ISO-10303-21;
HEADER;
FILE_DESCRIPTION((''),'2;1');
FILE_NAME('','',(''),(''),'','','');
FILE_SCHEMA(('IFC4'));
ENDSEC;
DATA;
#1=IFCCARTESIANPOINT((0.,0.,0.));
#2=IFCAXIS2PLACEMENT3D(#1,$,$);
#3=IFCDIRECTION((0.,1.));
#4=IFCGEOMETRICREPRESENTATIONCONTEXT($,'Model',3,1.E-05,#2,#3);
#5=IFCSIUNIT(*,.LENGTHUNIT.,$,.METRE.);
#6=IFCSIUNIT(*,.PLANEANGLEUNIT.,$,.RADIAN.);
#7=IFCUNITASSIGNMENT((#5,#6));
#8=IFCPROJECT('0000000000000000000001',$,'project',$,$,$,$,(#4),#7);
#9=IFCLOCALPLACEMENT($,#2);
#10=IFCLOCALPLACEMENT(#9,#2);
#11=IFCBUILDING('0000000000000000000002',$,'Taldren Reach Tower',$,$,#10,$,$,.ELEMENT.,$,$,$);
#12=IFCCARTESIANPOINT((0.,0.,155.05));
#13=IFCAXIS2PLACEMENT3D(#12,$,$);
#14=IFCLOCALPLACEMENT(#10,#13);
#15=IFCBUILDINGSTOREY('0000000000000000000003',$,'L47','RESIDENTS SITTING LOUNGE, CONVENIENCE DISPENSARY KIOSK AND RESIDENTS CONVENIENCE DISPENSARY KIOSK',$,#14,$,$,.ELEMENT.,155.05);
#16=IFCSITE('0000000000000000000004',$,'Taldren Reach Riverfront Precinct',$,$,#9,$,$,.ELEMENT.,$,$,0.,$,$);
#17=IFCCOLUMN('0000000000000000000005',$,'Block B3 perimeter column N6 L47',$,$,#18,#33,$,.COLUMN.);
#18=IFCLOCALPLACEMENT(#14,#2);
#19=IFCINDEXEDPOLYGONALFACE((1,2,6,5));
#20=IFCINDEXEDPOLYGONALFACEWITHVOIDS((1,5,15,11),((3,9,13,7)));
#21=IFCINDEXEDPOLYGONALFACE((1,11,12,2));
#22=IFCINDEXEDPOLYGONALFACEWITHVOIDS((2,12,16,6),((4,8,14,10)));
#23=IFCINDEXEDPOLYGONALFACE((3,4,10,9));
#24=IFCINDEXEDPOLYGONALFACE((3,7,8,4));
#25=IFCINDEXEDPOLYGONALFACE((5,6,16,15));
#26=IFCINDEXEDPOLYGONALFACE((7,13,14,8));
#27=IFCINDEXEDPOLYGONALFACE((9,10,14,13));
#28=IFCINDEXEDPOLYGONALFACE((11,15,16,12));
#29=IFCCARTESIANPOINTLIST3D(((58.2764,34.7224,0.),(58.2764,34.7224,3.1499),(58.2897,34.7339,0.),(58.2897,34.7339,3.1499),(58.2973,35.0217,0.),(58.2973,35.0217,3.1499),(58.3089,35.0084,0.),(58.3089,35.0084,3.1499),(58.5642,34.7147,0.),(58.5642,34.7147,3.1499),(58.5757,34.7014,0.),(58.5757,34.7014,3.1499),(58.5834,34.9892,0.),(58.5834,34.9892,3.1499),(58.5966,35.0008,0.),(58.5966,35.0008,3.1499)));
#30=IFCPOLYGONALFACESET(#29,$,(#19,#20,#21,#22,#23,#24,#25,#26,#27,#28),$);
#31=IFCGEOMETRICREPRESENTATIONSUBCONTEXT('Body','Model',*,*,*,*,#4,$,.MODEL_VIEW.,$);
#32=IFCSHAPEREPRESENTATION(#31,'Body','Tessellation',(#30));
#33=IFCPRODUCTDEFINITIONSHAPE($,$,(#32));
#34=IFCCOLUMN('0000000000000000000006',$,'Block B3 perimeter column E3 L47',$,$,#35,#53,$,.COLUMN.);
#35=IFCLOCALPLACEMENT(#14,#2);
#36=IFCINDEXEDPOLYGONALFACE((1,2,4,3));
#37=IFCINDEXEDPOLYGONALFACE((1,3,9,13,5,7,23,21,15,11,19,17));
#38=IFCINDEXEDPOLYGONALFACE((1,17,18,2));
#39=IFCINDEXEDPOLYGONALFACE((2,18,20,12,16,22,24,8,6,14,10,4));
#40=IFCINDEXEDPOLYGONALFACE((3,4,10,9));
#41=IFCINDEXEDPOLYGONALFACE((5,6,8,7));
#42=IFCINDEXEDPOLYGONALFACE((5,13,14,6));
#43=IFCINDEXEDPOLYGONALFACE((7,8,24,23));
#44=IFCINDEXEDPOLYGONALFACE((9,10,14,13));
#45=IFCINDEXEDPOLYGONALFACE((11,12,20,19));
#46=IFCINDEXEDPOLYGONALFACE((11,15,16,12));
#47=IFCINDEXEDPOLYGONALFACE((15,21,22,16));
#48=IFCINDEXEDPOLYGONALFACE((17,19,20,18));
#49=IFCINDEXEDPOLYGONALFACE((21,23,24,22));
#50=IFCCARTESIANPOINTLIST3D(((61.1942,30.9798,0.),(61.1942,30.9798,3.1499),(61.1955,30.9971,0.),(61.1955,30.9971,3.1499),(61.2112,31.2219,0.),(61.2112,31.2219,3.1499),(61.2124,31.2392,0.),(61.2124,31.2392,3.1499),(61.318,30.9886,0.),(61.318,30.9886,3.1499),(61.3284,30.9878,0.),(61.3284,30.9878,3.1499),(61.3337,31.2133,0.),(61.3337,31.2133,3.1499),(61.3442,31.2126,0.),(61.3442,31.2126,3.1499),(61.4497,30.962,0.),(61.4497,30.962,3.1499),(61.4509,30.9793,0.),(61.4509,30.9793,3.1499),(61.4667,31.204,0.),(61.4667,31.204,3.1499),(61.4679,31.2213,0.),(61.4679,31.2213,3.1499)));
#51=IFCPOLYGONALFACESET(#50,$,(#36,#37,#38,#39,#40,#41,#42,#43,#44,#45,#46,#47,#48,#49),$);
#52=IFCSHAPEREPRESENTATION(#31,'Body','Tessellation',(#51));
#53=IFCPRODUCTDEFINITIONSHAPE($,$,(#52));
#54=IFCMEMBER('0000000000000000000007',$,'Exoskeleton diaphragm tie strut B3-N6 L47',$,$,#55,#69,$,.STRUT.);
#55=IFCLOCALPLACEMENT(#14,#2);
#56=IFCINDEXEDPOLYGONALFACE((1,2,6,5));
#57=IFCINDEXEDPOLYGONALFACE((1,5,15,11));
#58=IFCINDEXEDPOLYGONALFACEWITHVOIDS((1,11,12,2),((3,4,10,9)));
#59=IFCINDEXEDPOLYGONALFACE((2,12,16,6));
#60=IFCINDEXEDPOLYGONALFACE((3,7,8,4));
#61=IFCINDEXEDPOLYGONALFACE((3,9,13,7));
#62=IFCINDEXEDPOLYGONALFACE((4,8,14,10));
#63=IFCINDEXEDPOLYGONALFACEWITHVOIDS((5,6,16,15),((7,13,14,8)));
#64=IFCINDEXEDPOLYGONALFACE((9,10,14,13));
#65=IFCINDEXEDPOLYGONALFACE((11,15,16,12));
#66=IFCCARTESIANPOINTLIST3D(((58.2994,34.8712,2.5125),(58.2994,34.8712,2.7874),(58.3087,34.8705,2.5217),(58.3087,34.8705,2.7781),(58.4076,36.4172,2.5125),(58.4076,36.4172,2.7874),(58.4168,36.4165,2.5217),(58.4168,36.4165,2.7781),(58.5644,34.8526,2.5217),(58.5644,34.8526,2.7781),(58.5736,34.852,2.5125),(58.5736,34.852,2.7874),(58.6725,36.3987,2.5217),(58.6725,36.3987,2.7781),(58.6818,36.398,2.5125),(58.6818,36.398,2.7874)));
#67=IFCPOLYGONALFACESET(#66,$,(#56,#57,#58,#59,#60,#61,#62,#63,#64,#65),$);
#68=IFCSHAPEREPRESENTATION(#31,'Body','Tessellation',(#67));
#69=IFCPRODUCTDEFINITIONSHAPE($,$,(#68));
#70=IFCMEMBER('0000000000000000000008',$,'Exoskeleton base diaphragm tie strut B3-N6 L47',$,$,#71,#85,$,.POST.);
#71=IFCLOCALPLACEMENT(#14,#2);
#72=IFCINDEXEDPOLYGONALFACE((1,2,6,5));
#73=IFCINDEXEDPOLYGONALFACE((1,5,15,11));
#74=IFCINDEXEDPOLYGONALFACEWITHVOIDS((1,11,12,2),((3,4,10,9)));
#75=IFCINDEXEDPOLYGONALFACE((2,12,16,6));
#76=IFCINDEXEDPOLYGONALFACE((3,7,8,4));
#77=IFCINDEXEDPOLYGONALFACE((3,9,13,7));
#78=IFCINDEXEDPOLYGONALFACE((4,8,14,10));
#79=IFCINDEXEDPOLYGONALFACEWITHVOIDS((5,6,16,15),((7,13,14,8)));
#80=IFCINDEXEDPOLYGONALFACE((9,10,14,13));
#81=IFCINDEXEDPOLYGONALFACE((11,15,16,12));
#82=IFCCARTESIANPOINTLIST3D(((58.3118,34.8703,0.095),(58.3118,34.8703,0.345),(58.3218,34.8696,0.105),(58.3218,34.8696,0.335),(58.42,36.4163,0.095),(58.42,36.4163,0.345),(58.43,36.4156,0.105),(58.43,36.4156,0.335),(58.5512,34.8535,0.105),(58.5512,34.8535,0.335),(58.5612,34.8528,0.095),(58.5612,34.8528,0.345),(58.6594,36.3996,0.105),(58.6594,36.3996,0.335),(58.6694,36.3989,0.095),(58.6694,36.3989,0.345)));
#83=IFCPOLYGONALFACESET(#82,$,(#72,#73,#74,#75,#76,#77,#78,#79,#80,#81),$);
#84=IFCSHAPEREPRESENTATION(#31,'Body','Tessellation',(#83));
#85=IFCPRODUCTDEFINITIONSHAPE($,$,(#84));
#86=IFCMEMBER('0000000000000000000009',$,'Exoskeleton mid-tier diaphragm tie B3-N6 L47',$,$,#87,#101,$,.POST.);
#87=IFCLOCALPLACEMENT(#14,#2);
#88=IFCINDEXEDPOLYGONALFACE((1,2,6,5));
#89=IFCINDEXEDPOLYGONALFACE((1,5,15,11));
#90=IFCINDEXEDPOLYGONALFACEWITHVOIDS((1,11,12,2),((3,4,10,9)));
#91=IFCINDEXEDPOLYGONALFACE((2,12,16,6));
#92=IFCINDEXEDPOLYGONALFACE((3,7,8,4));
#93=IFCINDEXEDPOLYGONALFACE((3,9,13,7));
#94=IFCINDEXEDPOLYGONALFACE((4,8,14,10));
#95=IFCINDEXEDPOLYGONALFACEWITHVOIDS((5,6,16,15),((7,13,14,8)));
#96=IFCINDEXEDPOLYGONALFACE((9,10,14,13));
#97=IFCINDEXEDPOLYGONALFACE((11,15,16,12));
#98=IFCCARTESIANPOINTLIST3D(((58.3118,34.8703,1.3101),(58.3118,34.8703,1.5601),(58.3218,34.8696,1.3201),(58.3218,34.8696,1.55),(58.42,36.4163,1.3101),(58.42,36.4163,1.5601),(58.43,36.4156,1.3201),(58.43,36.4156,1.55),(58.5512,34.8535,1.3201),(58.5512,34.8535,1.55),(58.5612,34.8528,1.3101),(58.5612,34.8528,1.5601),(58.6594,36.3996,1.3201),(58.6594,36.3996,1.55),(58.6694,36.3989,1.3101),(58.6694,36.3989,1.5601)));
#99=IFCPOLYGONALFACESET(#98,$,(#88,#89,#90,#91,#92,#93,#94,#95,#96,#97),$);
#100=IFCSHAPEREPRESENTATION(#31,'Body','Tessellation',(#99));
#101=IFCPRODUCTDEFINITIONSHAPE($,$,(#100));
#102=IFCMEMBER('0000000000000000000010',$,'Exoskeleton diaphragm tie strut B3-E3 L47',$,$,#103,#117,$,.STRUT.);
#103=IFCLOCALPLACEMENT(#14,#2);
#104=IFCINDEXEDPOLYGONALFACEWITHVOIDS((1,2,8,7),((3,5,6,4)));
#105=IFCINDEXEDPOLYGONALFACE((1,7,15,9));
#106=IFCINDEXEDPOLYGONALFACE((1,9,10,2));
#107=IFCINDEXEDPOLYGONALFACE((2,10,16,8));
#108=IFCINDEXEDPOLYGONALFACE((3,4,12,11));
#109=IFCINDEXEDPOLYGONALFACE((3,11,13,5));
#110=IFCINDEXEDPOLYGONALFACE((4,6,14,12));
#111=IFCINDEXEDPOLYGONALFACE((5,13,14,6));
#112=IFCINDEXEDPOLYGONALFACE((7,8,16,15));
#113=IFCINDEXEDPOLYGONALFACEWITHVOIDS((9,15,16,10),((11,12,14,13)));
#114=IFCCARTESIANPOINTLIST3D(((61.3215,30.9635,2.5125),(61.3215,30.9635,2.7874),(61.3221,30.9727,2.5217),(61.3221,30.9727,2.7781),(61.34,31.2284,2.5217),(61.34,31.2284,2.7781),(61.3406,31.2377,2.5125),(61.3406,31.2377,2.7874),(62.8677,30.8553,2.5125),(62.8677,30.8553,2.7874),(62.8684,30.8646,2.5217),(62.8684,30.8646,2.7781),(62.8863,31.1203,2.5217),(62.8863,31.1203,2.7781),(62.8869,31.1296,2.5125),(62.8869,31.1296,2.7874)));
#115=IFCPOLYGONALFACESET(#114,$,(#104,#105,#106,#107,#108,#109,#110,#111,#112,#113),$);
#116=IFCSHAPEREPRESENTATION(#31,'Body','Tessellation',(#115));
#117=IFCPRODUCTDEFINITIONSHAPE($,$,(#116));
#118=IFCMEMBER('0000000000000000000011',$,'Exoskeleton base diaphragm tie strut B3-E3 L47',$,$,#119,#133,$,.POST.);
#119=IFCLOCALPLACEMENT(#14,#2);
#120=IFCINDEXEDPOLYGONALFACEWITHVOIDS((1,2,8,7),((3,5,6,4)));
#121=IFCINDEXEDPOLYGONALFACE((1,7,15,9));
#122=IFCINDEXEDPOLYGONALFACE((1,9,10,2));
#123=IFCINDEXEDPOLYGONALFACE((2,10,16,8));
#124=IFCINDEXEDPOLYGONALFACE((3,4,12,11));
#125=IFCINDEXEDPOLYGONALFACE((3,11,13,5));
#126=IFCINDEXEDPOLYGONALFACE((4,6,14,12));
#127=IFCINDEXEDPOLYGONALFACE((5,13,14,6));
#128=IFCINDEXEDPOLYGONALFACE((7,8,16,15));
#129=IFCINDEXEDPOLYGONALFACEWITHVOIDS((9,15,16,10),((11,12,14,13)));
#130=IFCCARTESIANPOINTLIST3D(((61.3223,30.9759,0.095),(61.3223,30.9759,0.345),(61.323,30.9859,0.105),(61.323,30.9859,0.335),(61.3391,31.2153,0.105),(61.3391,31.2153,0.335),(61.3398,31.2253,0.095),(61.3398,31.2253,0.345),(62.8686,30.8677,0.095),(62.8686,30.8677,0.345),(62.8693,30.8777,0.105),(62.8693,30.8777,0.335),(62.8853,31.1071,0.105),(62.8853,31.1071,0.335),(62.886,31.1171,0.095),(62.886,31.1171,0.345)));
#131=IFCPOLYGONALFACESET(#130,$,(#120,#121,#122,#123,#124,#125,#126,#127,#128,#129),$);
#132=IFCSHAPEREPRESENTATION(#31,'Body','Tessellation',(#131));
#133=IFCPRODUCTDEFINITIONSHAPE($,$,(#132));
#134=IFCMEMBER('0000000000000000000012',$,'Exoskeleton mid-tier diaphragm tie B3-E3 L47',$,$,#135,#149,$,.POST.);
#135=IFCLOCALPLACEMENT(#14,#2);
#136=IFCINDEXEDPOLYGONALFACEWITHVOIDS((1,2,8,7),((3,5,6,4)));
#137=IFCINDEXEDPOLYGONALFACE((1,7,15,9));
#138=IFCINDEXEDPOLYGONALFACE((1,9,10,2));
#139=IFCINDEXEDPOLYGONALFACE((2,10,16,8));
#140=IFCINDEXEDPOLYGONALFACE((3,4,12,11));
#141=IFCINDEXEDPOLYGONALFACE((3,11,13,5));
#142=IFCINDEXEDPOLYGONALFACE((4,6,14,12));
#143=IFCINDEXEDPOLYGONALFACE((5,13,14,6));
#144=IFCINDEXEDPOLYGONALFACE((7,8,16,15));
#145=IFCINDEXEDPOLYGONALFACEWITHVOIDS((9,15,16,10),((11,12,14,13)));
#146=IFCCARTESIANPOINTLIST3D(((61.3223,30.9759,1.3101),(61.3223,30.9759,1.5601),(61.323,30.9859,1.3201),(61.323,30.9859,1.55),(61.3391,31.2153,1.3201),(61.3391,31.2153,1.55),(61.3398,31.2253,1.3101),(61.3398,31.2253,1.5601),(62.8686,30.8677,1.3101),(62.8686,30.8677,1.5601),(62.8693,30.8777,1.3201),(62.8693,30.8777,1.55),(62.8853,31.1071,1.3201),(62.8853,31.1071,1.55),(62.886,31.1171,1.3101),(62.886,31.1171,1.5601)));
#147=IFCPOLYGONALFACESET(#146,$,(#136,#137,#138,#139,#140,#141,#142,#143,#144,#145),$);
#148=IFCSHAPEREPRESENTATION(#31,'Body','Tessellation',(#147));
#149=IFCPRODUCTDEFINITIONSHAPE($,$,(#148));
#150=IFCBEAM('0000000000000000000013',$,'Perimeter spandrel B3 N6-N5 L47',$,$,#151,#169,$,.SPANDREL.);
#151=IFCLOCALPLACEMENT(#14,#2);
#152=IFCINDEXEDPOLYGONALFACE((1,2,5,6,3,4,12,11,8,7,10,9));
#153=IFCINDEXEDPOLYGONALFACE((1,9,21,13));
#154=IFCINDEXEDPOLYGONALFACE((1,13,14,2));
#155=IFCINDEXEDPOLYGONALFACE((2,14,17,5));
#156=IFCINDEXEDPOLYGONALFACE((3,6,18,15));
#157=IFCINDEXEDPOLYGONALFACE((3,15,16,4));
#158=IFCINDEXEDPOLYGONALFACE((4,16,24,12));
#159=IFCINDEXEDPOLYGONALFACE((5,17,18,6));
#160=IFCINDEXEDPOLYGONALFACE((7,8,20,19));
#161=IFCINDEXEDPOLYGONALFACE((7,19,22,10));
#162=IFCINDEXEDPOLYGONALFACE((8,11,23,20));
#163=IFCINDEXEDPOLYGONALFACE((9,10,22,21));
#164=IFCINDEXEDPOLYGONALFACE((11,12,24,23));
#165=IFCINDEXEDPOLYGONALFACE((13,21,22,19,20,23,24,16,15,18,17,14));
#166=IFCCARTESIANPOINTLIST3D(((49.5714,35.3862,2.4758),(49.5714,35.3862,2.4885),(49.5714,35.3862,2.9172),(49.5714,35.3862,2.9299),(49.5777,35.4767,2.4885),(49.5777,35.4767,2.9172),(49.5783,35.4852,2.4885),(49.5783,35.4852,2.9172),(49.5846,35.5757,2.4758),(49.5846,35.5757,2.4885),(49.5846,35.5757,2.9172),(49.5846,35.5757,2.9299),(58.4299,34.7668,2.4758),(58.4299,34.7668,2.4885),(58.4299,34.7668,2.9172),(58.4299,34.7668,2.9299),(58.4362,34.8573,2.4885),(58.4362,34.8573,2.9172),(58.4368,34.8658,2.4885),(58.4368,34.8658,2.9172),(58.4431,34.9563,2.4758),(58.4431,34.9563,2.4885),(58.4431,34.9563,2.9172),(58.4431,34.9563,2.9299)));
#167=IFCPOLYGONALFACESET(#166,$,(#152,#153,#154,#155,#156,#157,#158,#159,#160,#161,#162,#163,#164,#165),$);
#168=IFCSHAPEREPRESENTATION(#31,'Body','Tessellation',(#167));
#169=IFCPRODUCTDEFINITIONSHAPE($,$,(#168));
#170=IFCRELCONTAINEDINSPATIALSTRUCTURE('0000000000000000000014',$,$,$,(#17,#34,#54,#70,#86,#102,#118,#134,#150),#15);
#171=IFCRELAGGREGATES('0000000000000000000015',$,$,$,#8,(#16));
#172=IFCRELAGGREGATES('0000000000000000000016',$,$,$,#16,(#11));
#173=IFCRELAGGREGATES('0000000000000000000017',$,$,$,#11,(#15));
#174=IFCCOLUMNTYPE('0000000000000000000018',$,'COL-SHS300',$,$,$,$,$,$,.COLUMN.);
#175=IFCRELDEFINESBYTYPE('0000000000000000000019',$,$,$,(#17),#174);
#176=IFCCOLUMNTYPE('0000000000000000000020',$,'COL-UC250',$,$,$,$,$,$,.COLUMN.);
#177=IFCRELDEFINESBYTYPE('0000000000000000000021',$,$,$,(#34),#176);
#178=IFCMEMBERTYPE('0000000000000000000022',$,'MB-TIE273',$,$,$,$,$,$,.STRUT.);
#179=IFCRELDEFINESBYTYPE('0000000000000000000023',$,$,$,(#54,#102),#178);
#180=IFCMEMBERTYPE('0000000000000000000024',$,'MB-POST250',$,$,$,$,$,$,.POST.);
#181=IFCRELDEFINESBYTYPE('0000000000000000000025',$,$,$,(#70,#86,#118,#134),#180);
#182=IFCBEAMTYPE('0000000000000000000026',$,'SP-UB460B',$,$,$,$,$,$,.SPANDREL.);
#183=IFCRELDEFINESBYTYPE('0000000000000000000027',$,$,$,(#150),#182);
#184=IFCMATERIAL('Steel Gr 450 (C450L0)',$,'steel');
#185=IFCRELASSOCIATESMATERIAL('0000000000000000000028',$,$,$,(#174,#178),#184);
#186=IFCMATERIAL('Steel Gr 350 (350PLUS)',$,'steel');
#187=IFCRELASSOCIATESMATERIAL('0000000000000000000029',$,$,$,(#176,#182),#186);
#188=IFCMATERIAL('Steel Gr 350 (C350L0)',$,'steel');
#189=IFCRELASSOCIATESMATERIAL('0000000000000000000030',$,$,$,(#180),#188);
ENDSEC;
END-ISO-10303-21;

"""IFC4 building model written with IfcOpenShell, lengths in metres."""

from ifc_helpers import new_model, si_unit, direction, frame, origin, origin_2d, place, context, subcontext, project, spatial, hollow_rectangle, i_section, extrude, source, transform, mapped, material, material_profile, profile_set, type_object, element, save


model = new_model("IFC4")

# Units and contexts
model_context = context("Model", 3, precision=1e-05, world=origin(), true_north=direction((0.0, 1.0)))
body_context = subcontext(model_context, "Body", "Model", "MODEL_VIEW")
ifc_project = project(units=[si_unit("LENGTHUNIT", "METRE"), si_unit("PLANEANGLEUNIT", "RADIAN")], contexts=[model_context])

# Site, building, storey
site_placement = place(None, origin())
site = spatial("IfcSite", under=ifc_project, at=site_placement, Name="Taldren Reach Riverfront Precinct", CompositionType="ELEMENT", RefElevation=0.0)
building_placement = place(site_placement, origin())
building = spatial("IfcBuilding", under=site, at=building_placement, Name="Taldren Reach Tower", CompositionType="ELEMENT")
storey_placement = place(building_placement, frame((0.0, 0.0, 155.05)))
storey = spatial("IfcBuildingStorey", under=building, at=storey_placement, Name="L47", Description="RESIDENTS SITTING LOUNGE, CONVENIENCE DISPENSARY KIOSK AND RESIDENTS CONVENIENCE DISPENSARY KIOSK", CompositionType="ELEMENT", Elevation=155.05)

# Columns
ifc_material_1 = material(Name="Steel Gr 450 (C450L0)", Category="steel")
ifc_material_profile_1 = material_profile(ifc_material_1, hollow_rectangle(XDim=0.3, YDim=0.3, WallThickness=0.0125, at=origin_2d()), Name="300x300x12.5SHS")
ifc_profile_set_1 = profile_set([ifc_material_profile_1], Name="Steel Gr 450 (C450L0)")
column_type_1 = type_object("IfcColumnType", Name="COL-SHS300", PredefinedType="COLUMN", material=ifc_profile_set_1)
shared_shape_1 = source(origin(), body_context, "Body", "SweptSolid", [
    extrude(hollow_rectangle(XDim=0.3, YDim=0.3, WallThickness=0.0125, at=origin_2d()), origin(), (0.0, 0.0, 1.0), 3.1499),
])
column_1_placement = place(storey_placement, frame((58.4365, 34.8616, 0.0), z_axis=(0.0, 0.0, 1.0), x_axis=(0.997564, -0.069756, 0.0)))
element("IfcColumn", 1, at=column_1_placement, inside=storey, type_object=column_type_1, Name="Block B3 perimeter column N6 L47", PredefinedType="COLUMN", context=body_context, shape_type="MappedRepresentation", body=[
    mapped(shared_shape_1, transform((0.0, 0.0, 0.0), scale=1.0)),
])
ifc_material_2 = material(Name="Steel Gr 350 (350PLUS)", Category="steel")
ifc_material_profile_2 = material_profile(ifc_material_2, i_section(OverallWidth=0.2561, OverallDepth=0.26, WebThickness=0.0105, FlangeThickness=0.0173, at=origin_2d()), Name="250UC89.5")
ifc_profile_set_2 = profile_set([ifc_material_profile_2], Name="Steel Gr 350 (350PLUS)")
column_type_2 = type_object("IfcColumnType", Name="COL-UC250", PredefinedType="COLUMN", material=ifc_profile_set_2)
shared_shape_2 = source(origin(), body_context, "Body", "SweptSolid", [
    extrude(i_section(OverallWidth=0.2561, OverallDepth=0.26, WebThickness=0.0105, FlangeThickness=0.0173, at=origin_2d()), origin(), (0.0, 0.0, 1.0), 3.1499),
])
column_2_placement = place(storey_placement, frame((61.3311, 31.1006, 0.0), z_axis=(0.0, 0.0, 1.0), x_axis=(0.997564, -0.069756, 0.0)))
element("IfcColumn", 2, at=column_2_placement, inside=storey, type_object=column_type_2, Name="Block B3 perimeter column E3 L47", PredefinedType="COLUMN", context=body_context, shape_type="MappedRepresentation", body=[
    mapped(shared_shape_2, transform((0.0, 0.0, 0.0), scale=1.0)),
])

# Members
ifc_material_profile_3 = material_profile(ifc_material_1, hollow_rectangle(XDim=0.2749, YDim=0.2749, WallThickness=0.0093, at=origin_2d()), Name="275x275x9.3SHS")
ifc_profile_set_3 = profile_set([ifc_material_profile_3], Name="Steel Gr 450 (C450L0)")
member_type_1 = type_object("IfcMemberType", Name="MB-TIE273", PredefinedType="STRUT", material=ifc_profile_set_3)
shared_shape_3 = source(origin(), body_context, "Body", "SweptSolid", [
    extrude(hollow_rectangle(XDim=0.2749, YDim=0.2749, WallThickness=0.0093, at=origin_2d()), origin(), (0.0, 0.0, 1.0), 1.5498),
])
member_1_placement = place(storey_placement, frame((58.4365, 34.8616, 2.6499), z_axis=(0.069781, 0.997562, 0.0), x_axis=(-0.997562, 0.069781, 0.0)))
element("IfcMember", 3, at=member_1_placement, inside=storey, type_object=member_type_1, Name="Exoskeleton diaphragm tie strut B3-N6 L47", PredefinedType="STRUT", context=body_context, shape_type="MappedRepresentation", body=[
    mapped(shared_shape_3, transform((0.0, 0.0, 0.0), scale=1.0)),
])
ifc_material_3 = material(Name="Steel Gr 350 (C350L0)", Category="steel")
ifc_material_profile_4 = material_profile(ifc_material_3, hollow_rectangle(XDim=0.25, YDim=0.25, WallThickness=0.01, at=origin_2d()), Name="250x250x10.0SHS")
ifc_profile_set_4 = profile_set([ifc_material_profile_4], Name="Steel Gr 350 (C350L0)")
member_type_2 = type_object("IfcMemberType", Name="MB-POST250", PredefinedType="POST", material=ifc_profile_set_4)
shared_shape_4 = source(origin(), body_context, "Body", "SweptSolid", [
    extrude(hollow_rectangle(XDim=0.25, YDim=0.25, WallThickness=0.01, at=origin_2d()), origin(), (0.0, 0.0, 1.0), 1.5498),
])
for number, where, z_axis, x_axis, name in (
    (4, (58.4365, 34.8616, 0.22), (0.069781, 0.997562, 0.0), (-0.997562, 0.069781, 0.0), "Exoskeleton base diaphragm tie strut B3-N6 L47"),
    (5, (58.4365, 34.8616, 1.4351), (0.069781, 0.997562, 0.0), (-0.997562, 0.069781, 0.0), "Exoskeleton mid-tier diaphragm tie B3-N6 L47"),
):
    element("IfcMember", number, at=place(storey_placement, frame(where, z_axis=z_axis, x_axis=x_axis)), inside=storey, type_object=member_type_2, Name=name, PredefinedType="POST", context=body_context, shape_type="MappedRepresentation", body=[
        mapped(shared_shape_4, transform((0.0, 0.0, 0.0), scale=1.0)),
    ])
shared_shape_5 = source(origin(), body_context, "Body", "SweptSolid", [
    extrude(hollow_rectangle(XDim=0.2749, YDim=0.2749, WallThickness=0.0093, at=origin_2d()), origin(), (0.0, 0.0, 1.0), 1.55),
])
member_2_placement = place(storey_placement, frame((61.3311, 31.1006, 2.6499), z_axis=(0.997563, -0.06977, 0.0), x_axis=(0.06977, 0.997563, 0.0)))
element("IfcMember", 6, at=member_2_placement, inside=storey, type_object=member_type_1, Name="Exoskeleton diaphragm tie strut B3-E3 L47", PredefinedType="STRUT", context=body_context, shape_type="MappedRepresentation", body=[
    mapped(shared_shape_5, transform((0.0, 0.0, 0.0), scale=1.0)),
])
shared_shape_6 = source(origin(), body_context, "Body", "SweptSolid", [
    extrude(hollow_rectangle(XDim=0.25, YDim=0.25, WallThickness=0.01, at=origin_2d()), origin(), (0.0, 0.0, 1.0), 1.55),
])
for number, where, z_axis, x_axis, name in (
    (7, (61.3311, 31.1006, 0.22), (0.997563, -0.06977, 0.0), (0.06977, 0.997563, 0.0), "Exoskeleton base diaphragm tie strut B3-E3 L47"),
    (8, (61.3311, 31.1006, 1.4351), (0.997563, -0.06977, 0.0), (0.06977, 0.997563, 0.0), "Exoskeleton mid-tier diaphragm tie B3-E3 L47"),
):
    element("IfcMember", number, at=place(storey_placement, frame(where, z_axis=z_axis, x_axis=x_axis)), inside=storey, type_object=member_type_2, Name=name, PredefinedType="POST", context=body_context, shape_type="MappedRepresentation", body=[
        mapped(shared_shape_6, transform((0.0, 0.0, 0.0), scale=1.0)),
    ])

# Beam
ifc_material_profile_5 = material_profile(ifc_material_2, i_section(OverallWidth=0.1899, OverallDepth=0.4541, WebThickness=0.0085, FlangeThickness=0.0127, at=origin_2d()), Name="460UB67.1")
ifc_profile_set_5 = profile_set([ifc_material_profile_5], Name="Steel Gr 350 (350PLUS)")
beam_type = type_object("IfcBeamType", Name="SP-UB460B", PredefinedType="SPANDREL", material=ifc_profile_set_5)
shared_shape_7 = source(origin(), body_context, "Body", "SweptSolid", [
    extrude(i_section(OverallWidth=0.1899, OverallDepth=0.4541, WebThickness=0.0085, FlangeThickness=0.0127, at=origin_2d()), origin(), (0.0, 0.0, 1.0), 8.8801),
])
beam_1_placement = place(storey_placement, frame((58.4365, 34.8616, 2.7029), z_axis=(-0.997564, 0.06975, 0.0), x_axis=(-0.06975, -0.997564, 0.0)))
element("IfcBeam", 9, at=beam_1_placement, inside=storey, type_object=beam_type, Name="Perimeter spandrel B3 N6-N5 L47", PredefinedType="SPANDREL", context=body_context, shape_type="MappedRepresentation", body=[
    mapped(shared_shape_7, transform((0.0, 0.0, 0.0), scale=1.0)),
])

save(model, "model.ifc")
